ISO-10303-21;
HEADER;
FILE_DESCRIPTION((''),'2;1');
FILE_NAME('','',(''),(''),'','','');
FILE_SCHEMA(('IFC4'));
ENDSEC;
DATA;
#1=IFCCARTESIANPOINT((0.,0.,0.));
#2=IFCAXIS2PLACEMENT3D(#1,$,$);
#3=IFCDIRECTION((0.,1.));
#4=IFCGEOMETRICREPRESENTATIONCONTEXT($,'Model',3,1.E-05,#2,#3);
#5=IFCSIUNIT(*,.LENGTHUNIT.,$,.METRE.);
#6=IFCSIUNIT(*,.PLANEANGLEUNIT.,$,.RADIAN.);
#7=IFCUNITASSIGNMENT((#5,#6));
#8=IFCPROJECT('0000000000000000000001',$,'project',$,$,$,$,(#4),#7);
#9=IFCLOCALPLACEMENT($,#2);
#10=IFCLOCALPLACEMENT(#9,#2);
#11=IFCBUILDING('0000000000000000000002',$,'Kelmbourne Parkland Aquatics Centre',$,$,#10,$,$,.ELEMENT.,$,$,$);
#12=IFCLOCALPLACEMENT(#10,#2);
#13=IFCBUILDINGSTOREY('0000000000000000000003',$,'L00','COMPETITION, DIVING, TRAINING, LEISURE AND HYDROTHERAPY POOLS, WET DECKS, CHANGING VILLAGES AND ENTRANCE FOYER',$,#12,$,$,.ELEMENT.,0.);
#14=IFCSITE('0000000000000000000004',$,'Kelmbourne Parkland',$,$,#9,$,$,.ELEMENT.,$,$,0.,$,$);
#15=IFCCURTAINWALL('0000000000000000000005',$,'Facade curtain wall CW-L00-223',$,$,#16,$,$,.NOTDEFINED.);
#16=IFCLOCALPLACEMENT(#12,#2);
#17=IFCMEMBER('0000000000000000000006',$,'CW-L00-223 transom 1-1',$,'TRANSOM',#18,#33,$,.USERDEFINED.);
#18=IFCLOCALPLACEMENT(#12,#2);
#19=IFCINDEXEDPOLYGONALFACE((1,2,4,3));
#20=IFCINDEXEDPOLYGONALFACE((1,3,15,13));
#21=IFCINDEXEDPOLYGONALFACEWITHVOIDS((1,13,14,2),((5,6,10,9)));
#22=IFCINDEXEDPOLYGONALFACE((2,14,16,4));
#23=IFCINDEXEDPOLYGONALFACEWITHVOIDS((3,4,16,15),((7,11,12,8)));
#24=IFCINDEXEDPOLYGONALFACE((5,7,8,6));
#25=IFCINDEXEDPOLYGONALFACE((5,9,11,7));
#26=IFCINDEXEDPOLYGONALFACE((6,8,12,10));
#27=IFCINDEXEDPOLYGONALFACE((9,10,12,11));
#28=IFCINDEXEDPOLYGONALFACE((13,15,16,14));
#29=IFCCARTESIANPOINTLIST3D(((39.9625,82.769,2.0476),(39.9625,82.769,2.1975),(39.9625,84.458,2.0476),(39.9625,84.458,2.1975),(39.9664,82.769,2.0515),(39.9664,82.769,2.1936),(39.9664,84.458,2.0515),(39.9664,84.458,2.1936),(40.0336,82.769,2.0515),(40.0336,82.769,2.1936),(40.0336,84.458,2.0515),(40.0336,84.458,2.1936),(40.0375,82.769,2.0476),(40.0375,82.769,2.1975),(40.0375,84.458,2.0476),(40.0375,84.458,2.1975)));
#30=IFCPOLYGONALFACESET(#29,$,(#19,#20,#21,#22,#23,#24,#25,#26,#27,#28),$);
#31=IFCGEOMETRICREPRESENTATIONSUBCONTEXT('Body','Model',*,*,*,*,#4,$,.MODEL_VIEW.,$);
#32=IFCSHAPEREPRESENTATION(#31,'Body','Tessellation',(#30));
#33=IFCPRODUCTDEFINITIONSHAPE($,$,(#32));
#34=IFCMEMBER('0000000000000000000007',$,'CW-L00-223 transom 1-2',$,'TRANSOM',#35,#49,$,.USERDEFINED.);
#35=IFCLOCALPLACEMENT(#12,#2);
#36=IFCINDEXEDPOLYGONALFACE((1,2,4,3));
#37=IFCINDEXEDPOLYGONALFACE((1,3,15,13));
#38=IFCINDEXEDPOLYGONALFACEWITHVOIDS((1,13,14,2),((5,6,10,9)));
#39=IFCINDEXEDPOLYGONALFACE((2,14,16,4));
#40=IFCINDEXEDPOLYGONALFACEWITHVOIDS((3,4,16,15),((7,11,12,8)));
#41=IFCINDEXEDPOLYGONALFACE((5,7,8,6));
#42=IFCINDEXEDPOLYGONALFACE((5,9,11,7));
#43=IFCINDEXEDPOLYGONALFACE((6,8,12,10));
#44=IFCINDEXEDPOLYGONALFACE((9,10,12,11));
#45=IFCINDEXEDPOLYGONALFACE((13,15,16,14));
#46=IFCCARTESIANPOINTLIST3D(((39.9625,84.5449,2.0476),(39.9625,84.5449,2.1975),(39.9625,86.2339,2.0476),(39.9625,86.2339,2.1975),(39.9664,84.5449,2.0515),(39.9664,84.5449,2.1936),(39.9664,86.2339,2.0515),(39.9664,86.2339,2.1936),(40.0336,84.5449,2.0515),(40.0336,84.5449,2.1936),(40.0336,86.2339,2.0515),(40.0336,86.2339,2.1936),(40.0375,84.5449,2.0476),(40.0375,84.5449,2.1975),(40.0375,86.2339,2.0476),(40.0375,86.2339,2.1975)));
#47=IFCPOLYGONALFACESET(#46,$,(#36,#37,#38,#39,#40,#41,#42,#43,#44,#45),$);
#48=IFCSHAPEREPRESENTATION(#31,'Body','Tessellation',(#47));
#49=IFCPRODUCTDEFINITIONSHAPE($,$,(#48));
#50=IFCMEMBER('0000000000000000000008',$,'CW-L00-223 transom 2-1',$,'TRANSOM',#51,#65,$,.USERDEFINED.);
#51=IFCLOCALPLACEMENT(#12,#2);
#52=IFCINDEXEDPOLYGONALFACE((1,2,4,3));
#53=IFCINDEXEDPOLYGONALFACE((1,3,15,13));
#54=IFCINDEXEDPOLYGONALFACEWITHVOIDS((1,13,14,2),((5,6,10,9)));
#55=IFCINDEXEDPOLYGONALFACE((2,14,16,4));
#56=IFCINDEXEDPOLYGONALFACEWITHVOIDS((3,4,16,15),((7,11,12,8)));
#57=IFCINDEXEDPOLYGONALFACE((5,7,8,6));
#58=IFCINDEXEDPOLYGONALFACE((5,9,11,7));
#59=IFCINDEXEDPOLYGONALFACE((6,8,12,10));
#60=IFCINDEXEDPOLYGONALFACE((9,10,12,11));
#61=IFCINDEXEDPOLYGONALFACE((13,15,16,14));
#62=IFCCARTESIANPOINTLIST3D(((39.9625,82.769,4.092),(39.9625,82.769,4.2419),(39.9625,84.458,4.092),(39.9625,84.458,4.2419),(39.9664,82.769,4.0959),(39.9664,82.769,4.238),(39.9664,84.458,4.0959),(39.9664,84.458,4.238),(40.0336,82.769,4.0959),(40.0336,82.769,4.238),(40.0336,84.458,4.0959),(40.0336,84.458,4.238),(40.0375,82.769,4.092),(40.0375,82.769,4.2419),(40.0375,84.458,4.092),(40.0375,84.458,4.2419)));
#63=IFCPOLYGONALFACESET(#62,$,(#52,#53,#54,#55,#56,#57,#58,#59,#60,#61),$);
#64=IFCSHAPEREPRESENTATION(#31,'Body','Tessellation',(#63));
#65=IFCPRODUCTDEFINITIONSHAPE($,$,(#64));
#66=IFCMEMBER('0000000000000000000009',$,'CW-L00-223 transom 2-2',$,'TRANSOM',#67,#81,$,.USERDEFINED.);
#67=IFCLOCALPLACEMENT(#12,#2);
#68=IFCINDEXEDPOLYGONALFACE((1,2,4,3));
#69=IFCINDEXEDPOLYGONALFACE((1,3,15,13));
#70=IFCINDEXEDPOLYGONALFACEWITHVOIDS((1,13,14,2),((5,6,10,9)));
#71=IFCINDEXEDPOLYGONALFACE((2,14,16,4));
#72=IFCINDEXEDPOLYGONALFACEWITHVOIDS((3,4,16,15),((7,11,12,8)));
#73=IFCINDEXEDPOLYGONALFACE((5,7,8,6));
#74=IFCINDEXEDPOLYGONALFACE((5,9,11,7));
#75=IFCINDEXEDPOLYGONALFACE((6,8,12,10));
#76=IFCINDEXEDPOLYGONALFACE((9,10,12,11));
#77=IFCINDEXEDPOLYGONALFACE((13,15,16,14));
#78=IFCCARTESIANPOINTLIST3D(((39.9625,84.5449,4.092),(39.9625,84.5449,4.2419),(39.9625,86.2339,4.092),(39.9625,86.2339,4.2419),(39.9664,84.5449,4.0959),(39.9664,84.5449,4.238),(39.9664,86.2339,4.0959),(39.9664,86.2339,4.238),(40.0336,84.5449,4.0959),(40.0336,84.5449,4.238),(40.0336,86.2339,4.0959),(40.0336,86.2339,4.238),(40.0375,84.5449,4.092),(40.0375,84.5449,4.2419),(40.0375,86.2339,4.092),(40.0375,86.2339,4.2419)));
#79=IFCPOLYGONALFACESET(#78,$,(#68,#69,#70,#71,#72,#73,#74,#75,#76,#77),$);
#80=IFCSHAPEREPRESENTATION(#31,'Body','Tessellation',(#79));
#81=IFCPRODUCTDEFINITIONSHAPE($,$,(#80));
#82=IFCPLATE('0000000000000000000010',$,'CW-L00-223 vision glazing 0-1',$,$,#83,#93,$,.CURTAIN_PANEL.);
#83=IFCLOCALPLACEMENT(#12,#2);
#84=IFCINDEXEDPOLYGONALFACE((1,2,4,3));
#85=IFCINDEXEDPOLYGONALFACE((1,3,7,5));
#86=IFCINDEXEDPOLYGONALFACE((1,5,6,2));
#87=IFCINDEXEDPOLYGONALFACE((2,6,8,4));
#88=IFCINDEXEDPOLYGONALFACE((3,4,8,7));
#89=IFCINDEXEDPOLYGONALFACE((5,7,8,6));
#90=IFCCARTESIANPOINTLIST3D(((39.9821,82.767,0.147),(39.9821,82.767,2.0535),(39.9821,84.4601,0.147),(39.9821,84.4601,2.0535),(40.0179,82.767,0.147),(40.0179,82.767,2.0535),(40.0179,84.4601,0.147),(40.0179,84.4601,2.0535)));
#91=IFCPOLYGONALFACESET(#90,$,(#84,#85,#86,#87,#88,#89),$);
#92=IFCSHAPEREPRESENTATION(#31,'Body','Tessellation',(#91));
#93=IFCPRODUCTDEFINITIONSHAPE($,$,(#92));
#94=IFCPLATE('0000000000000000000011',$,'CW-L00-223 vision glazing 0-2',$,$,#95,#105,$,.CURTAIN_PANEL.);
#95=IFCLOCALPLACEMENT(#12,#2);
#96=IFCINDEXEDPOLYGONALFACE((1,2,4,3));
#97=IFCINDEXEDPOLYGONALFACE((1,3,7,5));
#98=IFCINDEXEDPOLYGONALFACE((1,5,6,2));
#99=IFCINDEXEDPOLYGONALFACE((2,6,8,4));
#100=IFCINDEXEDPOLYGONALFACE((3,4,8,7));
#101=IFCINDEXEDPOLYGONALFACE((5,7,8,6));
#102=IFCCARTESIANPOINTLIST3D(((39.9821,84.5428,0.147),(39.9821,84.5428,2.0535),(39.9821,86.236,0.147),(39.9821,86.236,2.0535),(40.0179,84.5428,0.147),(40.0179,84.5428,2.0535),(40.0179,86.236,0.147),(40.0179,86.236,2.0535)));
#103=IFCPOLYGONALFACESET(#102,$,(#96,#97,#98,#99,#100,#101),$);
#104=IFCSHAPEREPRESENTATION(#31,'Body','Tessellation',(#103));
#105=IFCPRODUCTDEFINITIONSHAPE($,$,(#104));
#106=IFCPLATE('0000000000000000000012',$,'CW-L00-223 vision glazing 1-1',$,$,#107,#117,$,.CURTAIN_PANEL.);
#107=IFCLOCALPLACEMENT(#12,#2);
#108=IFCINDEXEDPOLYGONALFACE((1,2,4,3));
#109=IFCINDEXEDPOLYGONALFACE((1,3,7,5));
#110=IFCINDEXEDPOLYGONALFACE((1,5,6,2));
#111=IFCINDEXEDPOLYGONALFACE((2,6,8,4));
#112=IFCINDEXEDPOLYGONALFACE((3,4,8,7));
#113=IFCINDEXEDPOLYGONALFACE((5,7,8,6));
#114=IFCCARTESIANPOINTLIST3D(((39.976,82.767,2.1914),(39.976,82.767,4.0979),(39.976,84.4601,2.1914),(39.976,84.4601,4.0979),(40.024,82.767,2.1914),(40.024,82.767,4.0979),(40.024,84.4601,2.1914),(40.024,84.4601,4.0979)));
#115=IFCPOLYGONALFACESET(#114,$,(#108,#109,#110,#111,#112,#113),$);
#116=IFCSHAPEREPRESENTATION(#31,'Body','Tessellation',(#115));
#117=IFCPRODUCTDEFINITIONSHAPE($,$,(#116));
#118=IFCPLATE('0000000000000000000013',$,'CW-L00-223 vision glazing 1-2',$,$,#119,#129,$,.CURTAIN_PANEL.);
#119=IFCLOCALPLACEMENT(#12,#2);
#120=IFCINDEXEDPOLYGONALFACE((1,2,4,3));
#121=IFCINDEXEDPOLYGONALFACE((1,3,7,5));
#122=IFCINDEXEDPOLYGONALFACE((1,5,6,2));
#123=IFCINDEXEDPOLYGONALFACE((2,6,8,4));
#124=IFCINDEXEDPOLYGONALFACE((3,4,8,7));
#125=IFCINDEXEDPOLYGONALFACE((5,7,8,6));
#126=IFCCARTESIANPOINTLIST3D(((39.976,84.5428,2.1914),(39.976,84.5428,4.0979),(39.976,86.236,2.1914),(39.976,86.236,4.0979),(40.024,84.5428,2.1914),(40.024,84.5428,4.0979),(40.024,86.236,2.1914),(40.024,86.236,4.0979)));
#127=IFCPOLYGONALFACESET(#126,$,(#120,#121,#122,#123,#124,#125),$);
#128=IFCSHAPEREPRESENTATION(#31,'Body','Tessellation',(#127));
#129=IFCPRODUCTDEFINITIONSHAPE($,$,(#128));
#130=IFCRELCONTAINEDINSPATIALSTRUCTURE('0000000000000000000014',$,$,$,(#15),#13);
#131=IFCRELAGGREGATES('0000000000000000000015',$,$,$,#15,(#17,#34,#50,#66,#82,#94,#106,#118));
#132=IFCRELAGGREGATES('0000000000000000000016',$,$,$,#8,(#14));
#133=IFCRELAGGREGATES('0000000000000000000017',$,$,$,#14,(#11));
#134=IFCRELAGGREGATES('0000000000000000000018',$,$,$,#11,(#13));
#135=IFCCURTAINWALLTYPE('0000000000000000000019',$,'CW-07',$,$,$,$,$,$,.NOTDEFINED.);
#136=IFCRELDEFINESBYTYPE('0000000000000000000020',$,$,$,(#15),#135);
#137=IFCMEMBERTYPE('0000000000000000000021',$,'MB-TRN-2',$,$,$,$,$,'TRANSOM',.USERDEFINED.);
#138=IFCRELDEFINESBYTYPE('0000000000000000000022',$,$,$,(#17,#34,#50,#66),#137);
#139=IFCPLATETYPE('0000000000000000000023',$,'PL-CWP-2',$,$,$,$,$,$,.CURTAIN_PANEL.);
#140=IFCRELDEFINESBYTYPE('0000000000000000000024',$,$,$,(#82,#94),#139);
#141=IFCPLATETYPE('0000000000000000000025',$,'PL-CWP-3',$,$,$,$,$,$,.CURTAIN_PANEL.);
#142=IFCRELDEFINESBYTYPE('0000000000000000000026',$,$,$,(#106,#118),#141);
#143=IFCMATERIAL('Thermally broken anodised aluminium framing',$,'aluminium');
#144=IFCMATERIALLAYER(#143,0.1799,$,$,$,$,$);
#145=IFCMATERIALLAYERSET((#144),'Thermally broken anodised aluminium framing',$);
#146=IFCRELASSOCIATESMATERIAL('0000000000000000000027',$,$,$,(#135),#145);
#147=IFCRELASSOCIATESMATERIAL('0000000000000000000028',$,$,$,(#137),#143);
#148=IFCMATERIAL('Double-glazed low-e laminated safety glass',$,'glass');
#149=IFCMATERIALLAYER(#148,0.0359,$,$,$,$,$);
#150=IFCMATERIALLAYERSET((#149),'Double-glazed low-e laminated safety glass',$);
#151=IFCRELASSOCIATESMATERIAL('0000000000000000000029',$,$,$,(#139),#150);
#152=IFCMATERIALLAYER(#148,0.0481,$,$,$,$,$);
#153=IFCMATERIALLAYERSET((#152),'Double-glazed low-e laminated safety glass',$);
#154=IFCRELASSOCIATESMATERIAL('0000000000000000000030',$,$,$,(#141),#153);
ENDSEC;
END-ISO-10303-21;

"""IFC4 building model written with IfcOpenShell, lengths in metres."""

from ifc_helpers import new_model, si_unit, direction, frame, origin, origin_2d, place, context, subcontext, project, spatial, rectangle, hollow_rectangle, extrude, material, layer, layer_set, material_profile, profile_set, type_object, element, aggregate, save


model = new_model("IFC4")

# Units and contexts
model_context = context("Model", 3, precision=1e-05, world=origin(), true_north=direction((0.0, 1.0)))
body_context = subcontext(model_context, "Body", "Model", "MODEL_VIEW")
ifc_project = project(units=[si_unit("LENGTHUNIT", "METRE"), si_unit("PLANEANGLEUNIT", "RADIAN")], contexts=[model_context])

# Site, building, storey
site_placement = place(None, origin())
site = spatial("IfcSite", under=ifc_project, at=site_placement, Name="Kelmbourne Parkland", CompositionType="ELEMENT", RefElevation=0.0)
building_placement = place(site_placement, origin())
building = spatial("IfcBuilding", under=site, at=building_placement, Name="Kelmbourne Parkland Aquatics Centre", CompositionType="ELEMENT")
storey_placement = place(building_placement, origin())
storey = spatial("IfcBuildingStorey", under=building, at=storey_placement, Name="L00", Description="COMPETITION, DIVING, TRAINING, LEISURE AND HYDROTHERAPY POOLS, WET DECKS, CHANGING VILLAGES AND ENTRANCE FOYER", CompositionType="ELEMENT", Elevation=0.0)

# Curtain wall
ifc_material_1 = material(Name="Thermally broken anodised aluminium framing", Category="aluminium")
ifc_layer_1 = layer(ifc_material_1, 0.1799)
ifc_layer_set_1 = layer_set([ifc_layer_1], Name="Thermally broken anodised aluminium framing")
curtain_wall_type_1 = type_object("IfcCurtainWallType", Name="CW-07", PredefinedType="NOTDEFINED", material=ifc_layer_set_1)
curtain_wall_1_placement = place(storey_placement, origin())
curtain_wall_1 = element("IfcCurtainWall", 1, at=curtain_wall_1_placement, inside=storey, type_object=curtain_wall_type_1, Name="Facade curtain wall CW-L00-223", PredefinedType="NOTDEFINED")

# Members
ifc_material_profile_1 = material_profile(ifc_material_1, hollow_rectangle(XDim=0.075, YDim=0.1499, WallThickness=0.0039, at=origin_2d()), Name="CW-T 75x150")
ifc_profile_set_1 = profile_set([ifc_material_profile_1], Name="Thermally broken anodised aluminium framing")
member_type_1 = type_object("IfcMemberType", Name="MB-TRN-2", ElementType="TRANSOM", PredefinedType="USERDEFINED", material=ifc_profile_set_1)
member_1_placement = place(storey_placement, frame((40.0, 82.769, 2.1226), z_axis=(0.0, 1.0, 0.0), x_axis=(-1.0, 0.0, 0.0)))
member_1 = element("IfcMember", 2, at=member_1_placement, type_object=member_type_1, Name="CW-L00-223 transom 1-1", ObjectType="TRANSOM", PredefinedType="USERDEFINED", context=body_context, shape_type="SweptSolid", body=[
    extrude(hollow_rectangle(XDim=0.075, YDim=0.1499, WallThickness=0.0039, at=origin_2d()), origin(), (0.0, 0.0, 1.0), 1.689),
])
member_2_placement = place(storey_placement, frame((40.0, 84.5449, 2.1226), z_axis=(0.0, 1.0, 0.0), x_axis=(-1.0, 0.0, 0.0)))
member_2 = element("IfcMember", 3, at=member_2_placement, type_object=member_type_1, Name="CW-L00-223 transom 1-2", ObjectType="TRANSOM", PredefinedType="USERDEFINED", context=body_context, shape_type="SweptSolid", body=[
    extrude(hollow_rectangle(XDim=0.075, YDim=0.1499, WallThickness=0.0039, at=origin_2d()), origin(), (0.0, 0.0, 1.0), 1.689),
])
member_3_placement = place(storey_placement, frame((40.0, 82.769, 4.167), z_axis=(0.0, 1.0, 0.0), x_axis=(-1.0, 0.0, 0.0)))
member_3 = element("IfcMember", 4, at=member_3_placement, type_object=member_type_1, Name="CW-L00-223 transom 2-1", ObjectType="TRANSOM", PredefinedType="USERDEFINED", context=body_context, shape_type="SweptSolid", body=[
    extrude(hollow_rectangle(XDim=0.075, YDim=0.1499, WallThickness=0.0039, at=origin_2d()), origin(), (0.0, 0.0, 1.0), 1.689),
])
member_4_placement = place(storey_placement, frame((40.0, 84.5449, 4.167), z_axis=(0.0, 1.0, 0.0), x_axis=(-1.0, 0.0, 0.0)))
member_4 = element("IfcMember", 5, at=member_4_placement, type_object=member_type_1, Name="CW-L00-223 transom 2-2", ObjectType="TRANSOM", PredefinedType="USERDEFINED", context=body_context, shape_type="SweptSolid", body=[
    extrude(hollow_rectangle(XDim=0.075, YDim=0.1499, WallThickness=0.0039, at=origin_2d()), origin(), (0.0, 0.0, 1.0), 1.689),
])

# Plates
ifc_material_2 = material(Name="Double-glazed low-e laminated safety glass", Category="glass")
ifc_layer_2 = layer(ifc_material_2, 0.0359)
ifc_layer_set_2 = layer_set([ifc_layer_2], Name="Double-glazed low-e laminated safety glass")
plate_type_1 = type_object("IfcPlateType", Name="PL-CWP-2", PredefinedType="CURTAIN_PANEL", material=ifc_layer_set_2)
plate_1_placement = place(storey_placement, frame((40.0, 83.6135, 0.147), z_axis=(0.0, 0.0, 1.0), x_axis=(0.0, 1.0, 0.0)))
plate_1 = element("IfcPlate", 6, at=plate_1_placement, type_object=plate_type_1, Name="CW-L00-223 vision glazing 0-1", PredefinedType="CURTAIN_PANEL", context=body_context, shape_type="SweptSolid", body=[
    extrude(rectangle(XDim=1.6931, YDim=0.0359, at=origin_2d()), origin(), (0.0, 0.0, 1.0), 1.9065),
])
plate_2_placement = place(storey_placement, frame((40.0, 85.3894, 0.147), z_axis=(0.0, 0.0, 1.0), x_axis=(0.0, 1.0, 0.0)))
plate_2 = element("IfcPlate", 7, at=plate_2_placement, type_object=plate_type_1, Name="CW-L00-223 vision glazing 0-2", PredefinedType="CURTAIN_PANEL", context=body_context, shape_type="SweptSolid", body=[
    extrude(rectangle(XDim=1.6931, YDim=0.0359, at=origin_2d()), origin(), (0.0, 0.0, 1.0), 1.9065),
])
ifc_layer_3 = layer(ifc_material_2, 0.0481)
ifc_layer_set_3 = layer_set([ifc_layer_3], Name="Double-glazed low-e laminated safety glass")
plate_type_2 = type_object("IfcPlateType", Name="PL-CWP-3", PredefinedType="CURTAIN_PANEL", material=ifc_layer_set_3)
plate_3_placement = place(storey_placement, frame((40.0, 83.6135, 2.1914), z_axis=(0.0, 0.0, 1.0), x_axis=(0.0, 1.0, 0.0)))
plate_3 = element("IfcPlate", 8, at=plate_3_placement, type_object=plate_type_2, Name="CW-L00-223 vision glazing 1-1", PredefinedType="CURTAIN_PANEL", context=body_context, shape_type="SweptSolid", body=[
    extrude(rectangle(XDim=1.6931, YDim=0.0481, at=origin_2d()), origin(), (0.0, 0.0, 1.0), 1.9065),
])
plate_4_placement = place(storey_placement, frame((40.0, 85.3894, 2.1914), z_axis=(0.0, 0.0, 1.0), x_axis=(0.0, 1.0, 0.0)))
plate_4 = element("IfcPlate", 9, at=plate_4_placement, type_object=plate_type_2, Name="CW-L00-223 vision glazing 1-2", PredefinedType="CURTAIN_PANEL", context=body_context, shape_type="SweptSolid", body=[
    extrude(rectangle(XDim=1.6931, YDim=0.0481, at=origin_2d()), origin(), (0.0, 0.0, 1.0), 1.9065),
])
aggregate(curtain_wall_1, [member_1, member_2, member_3, member_4, plate_1, plate_2, plate_3, plate_4])

save(model, "model.ifc")
